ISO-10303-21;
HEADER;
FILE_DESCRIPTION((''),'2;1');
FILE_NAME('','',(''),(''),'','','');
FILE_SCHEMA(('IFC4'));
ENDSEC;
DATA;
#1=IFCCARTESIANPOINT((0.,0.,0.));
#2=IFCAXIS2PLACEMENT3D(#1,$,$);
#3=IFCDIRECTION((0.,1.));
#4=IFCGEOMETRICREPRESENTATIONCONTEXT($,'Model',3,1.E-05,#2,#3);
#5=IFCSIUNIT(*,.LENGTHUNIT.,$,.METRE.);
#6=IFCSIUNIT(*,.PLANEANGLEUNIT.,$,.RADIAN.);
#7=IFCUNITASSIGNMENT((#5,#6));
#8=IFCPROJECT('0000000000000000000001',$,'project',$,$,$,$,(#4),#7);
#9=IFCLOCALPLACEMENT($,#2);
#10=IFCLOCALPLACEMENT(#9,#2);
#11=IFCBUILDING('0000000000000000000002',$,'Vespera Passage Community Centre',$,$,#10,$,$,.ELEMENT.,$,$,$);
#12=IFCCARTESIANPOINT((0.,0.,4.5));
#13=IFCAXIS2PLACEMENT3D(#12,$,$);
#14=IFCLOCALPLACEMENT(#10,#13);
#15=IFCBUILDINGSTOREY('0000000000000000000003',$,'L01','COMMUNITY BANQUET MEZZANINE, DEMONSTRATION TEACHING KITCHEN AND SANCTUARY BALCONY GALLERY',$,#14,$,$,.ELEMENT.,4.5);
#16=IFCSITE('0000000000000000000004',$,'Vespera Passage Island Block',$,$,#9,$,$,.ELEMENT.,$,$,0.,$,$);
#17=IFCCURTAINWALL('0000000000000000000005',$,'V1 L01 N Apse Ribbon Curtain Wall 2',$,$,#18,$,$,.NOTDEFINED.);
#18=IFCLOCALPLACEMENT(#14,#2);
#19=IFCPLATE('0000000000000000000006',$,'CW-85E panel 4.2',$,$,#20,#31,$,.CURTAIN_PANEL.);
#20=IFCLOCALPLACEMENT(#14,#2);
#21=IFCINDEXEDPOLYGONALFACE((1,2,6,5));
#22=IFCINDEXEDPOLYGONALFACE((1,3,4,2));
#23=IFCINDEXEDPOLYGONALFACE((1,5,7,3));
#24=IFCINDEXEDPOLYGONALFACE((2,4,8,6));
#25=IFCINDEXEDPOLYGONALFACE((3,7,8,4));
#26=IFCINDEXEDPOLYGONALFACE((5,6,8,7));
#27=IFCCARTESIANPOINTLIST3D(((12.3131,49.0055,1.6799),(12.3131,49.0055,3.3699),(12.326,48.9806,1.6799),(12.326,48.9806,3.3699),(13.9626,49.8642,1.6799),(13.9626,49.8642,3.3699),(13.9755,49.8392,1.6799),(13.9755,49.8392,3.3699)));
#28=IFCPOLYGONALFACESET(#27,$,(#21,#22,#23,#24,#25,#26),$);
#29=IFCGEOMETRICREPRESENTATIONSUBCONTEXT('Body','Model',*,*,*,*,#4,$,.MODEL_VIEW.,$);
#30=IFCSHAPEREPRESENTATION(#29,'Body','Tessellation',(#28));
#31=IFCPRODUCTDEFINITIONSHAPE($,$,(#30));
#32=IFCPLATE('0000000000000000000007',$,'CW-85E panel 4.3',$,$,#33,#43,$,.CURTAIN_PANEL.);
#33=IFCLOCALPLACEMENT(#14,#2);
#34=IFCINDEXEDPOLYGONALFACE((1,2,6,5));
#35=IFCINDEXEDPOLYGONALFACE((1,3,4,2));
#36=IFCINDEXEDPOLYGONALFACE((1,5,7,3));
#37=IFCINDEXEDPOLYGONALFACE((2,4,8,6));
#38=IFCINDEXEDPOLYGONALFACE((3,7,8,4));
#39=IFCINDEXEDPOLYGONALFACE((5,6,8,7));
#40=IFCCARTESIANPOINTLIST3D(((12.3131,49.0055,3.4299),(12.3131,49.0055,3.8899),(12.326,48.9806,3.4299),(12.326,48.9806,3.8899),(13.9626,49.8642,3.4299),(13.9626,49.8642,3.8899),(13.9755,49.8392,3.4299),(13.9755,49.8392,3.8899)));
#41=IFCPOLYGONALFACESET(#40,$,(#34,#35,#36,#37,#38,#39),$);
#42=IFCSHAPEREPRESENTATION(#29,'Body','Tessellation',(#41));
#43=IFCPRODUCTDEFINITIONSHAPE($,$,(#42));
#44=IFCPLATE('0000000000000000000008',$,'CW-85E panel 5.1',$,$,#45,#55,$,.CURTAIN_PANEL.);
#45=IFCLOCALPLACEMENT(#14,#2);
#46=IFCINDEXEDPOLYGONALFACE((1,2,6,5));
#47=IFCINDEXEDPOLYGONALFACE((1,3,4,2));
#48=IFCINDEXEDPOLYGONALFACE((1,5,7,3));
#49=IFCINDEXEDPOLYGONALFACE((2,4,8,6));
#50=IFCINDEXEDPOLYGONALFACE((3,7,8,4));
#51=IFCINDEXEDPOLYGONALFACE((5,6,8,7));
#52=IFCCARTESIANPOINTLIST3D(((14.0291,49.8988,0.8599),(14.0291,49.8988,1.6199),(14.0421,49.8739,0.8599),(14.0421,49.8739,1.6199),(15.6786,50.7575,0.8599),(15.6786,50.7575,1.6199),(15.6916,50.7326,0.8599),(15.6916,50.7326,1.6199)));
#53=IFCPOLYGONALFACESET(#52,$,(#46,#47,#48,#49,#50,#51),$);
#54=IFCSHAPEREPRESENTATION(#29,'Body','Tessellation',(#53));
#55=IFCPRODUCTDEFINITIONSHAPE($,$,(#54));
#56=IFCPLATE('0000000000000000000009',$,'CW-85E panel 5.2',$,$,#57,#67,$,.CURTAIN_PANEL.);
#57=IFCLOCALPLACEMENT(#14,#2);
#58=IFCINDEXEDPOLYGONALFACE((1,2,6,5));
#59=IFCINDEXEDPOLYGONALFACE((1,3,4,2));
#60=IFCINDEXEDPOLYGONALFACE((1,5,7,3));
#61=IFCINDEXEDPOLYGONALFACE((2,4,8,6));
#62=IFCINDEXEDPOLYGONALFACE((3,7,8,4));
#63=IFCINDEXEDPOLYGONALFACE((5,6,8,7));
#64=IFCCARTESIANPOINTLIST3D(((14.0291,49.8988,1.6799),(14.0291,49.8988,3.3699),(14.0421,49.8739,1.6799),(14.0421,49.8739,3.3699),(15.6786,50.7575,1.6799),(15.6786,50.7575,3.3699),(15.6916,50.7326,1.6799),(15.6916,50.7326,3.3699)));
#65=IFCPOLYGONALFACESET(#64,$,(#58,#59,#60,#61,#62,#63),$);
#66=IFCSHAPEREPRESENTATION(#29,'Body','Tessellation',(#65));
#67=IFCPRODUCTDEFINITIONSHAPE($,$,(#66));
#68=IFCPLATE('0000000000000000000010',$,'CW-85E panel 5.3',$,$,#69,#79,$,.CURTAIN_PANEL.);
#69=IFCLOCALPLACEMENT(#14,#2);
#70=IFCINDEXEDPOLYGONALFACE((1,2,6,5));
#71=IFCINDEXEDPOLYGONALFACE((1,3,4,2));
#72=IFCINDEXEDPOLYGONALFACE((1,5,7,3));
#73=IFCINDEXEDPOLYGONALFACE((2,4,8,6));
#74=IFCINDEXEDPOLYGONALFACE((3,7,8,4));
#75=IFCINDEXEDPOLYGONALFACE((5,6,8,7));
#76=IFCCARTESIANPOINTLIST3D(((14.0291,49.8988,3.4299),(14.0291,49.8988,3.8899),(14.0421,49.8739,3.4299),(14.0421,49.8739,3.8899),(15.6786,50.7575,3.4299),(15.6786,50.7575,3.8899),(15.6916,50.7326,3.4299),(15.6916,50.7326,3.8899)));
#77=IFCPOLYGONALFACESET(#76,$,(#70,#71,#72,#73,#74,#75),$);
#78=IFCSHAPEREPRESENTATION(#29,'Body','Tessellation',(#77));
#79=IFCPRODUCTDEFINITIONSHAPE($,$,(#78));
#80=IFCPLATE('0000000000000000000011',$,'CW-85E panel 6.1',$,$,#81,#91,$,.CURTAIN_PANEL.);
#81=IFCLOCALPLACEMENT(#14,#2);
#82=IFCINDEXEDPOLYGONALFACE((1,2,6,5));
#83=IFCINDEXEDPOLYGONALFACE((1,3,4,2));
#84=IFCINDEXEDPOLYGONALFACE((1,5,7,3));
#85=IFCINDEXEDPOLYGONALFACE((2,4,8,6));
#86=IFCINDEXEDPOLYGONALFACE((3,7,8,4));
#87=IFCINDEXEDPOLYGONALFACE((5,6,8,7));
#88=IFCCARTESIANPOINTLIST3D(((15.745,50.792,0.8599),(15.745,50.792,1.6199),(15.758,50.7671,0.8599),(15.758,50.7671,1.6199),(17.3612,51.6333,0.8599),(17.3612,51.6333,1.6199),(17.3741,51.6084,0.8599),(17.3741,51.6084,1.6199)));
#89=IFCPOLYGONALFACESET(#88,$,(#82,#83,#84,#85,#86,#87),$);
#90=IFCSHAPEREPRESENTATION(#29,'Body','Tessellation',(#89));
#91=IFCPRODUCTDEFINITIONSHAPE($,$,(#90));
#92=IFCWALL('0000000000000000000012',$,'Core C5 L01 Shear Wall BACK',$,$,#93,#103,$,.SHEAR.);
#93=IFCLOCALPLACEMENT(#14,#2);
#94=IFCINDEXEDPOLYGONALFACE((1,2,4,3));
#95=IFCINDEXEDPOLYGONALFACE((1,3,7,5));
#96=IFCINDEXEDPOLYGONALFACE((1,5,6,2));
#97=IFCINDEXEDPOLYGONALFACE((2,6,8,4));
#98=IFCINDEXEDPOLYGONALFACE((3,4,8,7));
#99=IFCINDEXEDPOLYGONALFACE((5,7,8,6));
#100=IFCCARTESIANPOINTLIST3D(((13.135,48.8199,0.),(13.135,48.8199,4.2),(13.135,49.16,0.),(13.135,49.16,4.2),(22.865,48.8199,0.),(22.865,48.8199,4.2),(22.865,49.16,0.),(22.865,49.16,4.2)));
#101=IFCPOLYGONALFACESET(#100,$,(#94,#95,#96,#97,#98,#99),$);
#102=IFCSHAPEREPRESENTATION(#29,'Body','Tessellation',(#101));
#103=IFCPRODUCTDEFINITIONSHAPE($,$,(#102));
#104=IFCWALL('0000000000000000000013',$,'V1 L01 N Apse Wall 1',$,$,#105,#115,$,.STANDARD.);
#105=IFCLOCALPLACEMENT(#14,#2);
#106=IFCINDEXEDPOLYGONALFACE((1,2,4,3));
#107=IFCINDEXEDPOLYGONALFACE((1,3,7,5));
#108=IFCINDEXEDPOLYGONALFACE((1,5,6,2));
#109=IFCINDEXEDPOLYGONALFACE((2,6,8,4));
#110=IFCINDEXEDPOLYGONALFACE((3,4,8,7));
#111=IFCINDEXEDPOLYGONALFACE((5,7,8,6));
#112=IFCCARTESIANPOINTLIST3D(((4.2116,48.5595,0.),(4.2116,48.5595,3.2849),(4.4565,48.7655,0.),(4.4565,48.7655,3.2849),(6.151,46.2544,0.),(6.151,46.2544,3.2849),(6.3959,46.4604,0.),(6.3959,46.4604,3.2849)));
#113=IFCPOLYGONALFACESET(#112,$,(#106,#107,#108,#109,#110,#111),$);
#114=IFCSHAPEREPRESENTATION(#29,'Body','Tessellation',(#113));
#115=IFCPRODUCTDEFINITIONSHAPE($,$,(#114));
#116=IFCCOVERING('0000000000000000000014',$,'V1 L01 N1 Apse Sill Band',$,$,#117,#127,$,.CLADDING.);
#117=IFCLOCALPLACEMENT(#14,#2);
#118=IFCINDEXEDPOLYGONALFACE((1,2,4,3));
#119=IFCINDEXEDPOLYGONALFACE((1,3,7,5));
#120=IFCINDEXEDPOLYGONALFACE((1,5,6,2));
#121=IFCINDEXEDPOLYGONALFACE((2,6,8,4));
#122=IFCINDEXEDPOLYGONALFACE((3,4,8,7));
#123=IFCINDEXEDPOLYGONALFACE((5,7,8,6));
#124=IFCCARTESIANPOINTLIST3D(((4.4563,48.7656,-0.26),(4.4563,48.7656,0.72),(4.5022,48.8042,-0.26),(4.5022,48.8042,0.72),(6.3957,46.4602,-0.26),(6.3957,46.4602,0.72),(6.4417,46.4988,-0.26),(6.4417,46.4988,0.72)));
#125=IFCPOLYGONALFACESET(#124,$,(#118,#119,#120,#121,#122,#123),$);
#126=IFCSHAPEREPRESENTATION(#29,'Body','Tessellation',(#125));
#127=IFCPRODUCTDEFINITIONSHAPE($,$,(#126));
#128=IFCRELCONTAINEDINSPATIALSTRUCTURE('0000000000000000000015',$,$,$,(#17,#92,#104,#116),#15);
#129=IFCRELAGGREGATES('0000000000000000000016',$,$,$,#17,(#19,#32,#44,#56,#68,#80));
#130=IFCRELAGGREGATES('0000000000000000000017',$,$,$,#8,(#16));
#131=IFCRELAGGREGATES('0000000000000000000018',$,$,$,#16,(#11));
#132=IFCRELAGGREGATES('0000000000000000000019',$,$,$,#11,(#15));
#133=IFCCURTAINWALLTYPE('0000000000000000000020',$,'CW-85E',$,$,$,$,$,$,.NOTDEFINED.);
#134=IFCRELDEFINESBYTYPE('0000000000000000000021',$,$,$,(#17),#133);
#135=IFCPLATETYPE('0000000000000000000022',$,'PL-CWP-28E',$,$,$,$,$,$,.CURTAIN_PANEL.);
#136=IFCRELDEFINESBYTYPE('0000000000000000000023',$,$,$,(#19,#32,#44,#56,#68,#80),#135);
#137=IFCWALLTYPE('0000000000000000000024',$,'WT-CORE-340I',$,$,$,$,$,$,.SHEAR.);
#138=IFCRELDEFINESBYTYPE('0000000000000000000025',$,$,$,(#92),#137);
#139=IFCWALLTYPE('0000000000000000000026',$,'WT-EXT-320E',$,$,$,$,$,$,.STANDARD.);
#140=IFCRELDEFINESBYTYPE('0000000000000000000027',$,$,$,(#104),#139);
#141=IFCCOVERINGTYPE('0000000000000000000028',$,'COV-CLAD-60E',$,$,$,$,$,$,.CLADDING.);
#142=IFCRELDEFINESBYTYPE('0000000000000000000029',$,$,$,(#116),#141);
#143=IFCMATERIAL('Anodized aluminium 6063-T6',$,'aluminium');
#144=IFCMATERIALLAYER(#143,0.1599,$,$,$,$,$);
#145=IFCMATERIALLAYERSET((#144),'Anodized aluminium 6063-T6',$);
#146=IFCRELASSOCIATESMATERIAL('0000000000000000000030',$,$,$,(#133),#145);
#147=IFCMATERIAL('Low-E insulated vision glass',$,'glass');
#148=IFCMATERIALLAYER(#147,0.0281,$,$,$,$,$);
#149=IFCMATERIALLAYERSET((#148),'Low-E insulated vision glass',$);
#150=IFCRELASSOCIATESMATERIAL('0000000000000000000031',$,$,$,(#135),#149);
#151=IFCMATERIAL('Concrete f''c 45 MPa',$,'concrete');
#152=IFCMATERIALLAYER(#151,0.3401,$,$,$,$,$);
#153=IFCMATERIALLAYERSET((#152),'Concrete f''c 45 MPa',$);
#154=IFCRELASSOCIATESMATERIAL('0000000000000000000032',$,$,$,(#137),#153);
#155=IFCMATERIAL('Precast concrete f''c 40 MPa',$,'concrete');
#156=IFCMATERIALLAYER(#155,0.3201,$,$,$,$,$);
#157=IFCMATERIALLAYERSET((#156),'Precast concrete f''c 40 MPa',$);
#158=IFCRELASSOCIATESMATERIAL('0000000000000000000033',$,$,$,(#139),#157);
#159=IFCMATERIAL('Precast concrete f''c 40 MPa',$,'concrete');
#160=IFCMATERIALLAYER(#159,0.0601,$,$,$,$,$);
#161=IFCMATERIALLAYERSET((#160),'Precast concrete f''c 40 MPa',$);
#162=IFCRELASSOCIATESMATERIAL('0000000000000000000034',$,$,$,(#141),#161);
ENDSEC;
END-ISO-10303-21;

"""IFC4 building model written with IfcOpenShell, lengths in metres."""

from ifc_helpers import new_model, si_unit, direction, frame, frame_2d, origin, origin_2d, place, context, subcontext, project, spatial, rectangle, extrude, material, layer, layer_set, type_object, element, aggregate, save


model = new_model("IFC4")

# Units and contexts
model_context = context("Model", 3, precision=1e-05, world=origin(), true_north=direction((0.0, 1.0)))
body_context = subcontext(model_context, "Body", "Model", "MODEL_VIEW")
ifc_project = project(units=[si_unit("LENGTHUNIT", "METRE"), si_unit("PLANEANGLEUNIT", "RADIAN")], contexts=[model_context])

# Site, building, storey
site_placement = place(None, origin())
site = spatial("IfcSite", under=ifc_project, at=site_placement, Name="Vespera Passage Island Block", CompositionType="ELEMENT", RefElevation=0.0)
building_placement = place(site_placement, origin())
building = spatial("IfcBuilding", under=site, at=building_placement, Name="Vespera Passage Community Centre", CompositionType="ELEMENT")
storey_placement = place(building_placement, frame((0.0, 0.0, 4.5)))
storey = spatial("IfcBuildingStorey", under=building, at=storey_placement, Name="L01", Description="COMMUNITY BANQUET MEZZANINE, DEMONSTRATION TEACHING KITCHEN AND SANCTUARY BALCONY GALLERY", CompositionType="ELEMENT", Elevation=4.5)

# Curtain wall, plates
ifc_material_1 = material(Name="Anodized aluminium 6063-T6", Category="aluminium")
ifc_layer_1 = layer(ifc_material_1, 0.1599)
ifc_layer_set_1 = layer_set([ifc_layer_1], Name="Anodized aluminium 6063-T6")
curtain_wall_type = type_object("IfcCurtainWallType", Name="CW-85E", PredefinedType="NOTDEFINED", material=ifc_layer_set_1)
curtain_wall_placement = place(storey_placement, origin())
curtain_wall = element("IfcCurtainWall", 1, at=curtain_wall_placement, inside=storey, type_object=curtain_wall_type, Name="V1 L01 N Apse Ribbon Curtain Wall 2", PredefinedType="NOTDEFINED")
ifc_material_2 = material(Name="Low-E insulated vision glass", Category="glass")
ifc_layer_2 = layer(ifc_material_2, 0.0281)
ifc_layer_set_2 = layer_set([ifc_layer_2], Name="Low-E insulated vision glass")
plate_type = type_object("IfcPlateType", Name="PL-CWP-28E", PredefinedType="CURTAIN_PANEL", material=ifc_layer_set_2)
plate_1_placement = place(storey_placement, frame((13.1443, 49.4224, 1.6799), z_axis=(0.0, 0.0, 1.0), x_axis=(0.887013, 0.461745, 0.0)))
plate_1 = element("IfcPlate", 2, at=plate_1_placement, type_object=plate_type, Name="CW-85E panel 4.2", PredefinedType="CURTAIN_PANEL", context=body_context, shape_type="SweptSolid", body=[
    extrude(rectangle(XDim=1.8596, YDim=0.0281, at=origin_2d()), origin(), (0.0, 0.0, 1.0), 1.6899),
])
plate_2_placement = place(storey_placement, frame((13.1443, 49.4224, 3.4299), z_axis=(0.0, 0.0, 1.0), x_axis=(0.887013, 0.461745, 0.0)))
plate_2 = element("IfcPlate", 3, at=plate_2_placement, type_object=plate_type, Name="CW-85E panel 4.3", PredefinedType="CURTAIN_PANEL", context=body_context, shape_type="SweptSolid", body=[
    extrude(rectangle(XDim=1.8596, YDim=0.0281, at=origin_2d()), origin(), (0.0, 0.0, 1.0), 0.46),
])
plate_3_placement = place(storey_placement, frame((14.8604, 50.3157, 0.8599), z_axis=(0.0, 0.0, 1.0), x_axis=(0.887013, 0.461745, 0.0)))
plate_3 = element("IfcPlate", 4, at=plate_3_placement, type_object=plate_type, Name="CW-85E panel 5.1", PredefinedType="CURTAIN_PANEL", context=body_context, shape_type="SweptSolid", body=[
    extrude(rectangle(XDim=1.8596, YDim=0.0281, at=origin_2d()), origin(), (0.0, 0.0, 1.0), 0.76),
])
plate_4_placement = place(storey_placement, frame((14.8604, 50.3157, 1.6799), z_axis=(0.0, 0.0, 1.0), x_axis=(0.887013, 0.461745, 0.0)))
plate_4 = element("IfcPlate", 5, at=plate_4_placement, type_object=plate_type, Name="CW-85E panel 5.2", PredefinedType="CURTAIN_PANEL", context=body_context, shape_type="SweptSolid", body=[
    extrude(rectangle(XDim=1.8596, YDim=0.0281, at=origin_2d()), origin(), (0.0, 0.0, 1.0), 1.6899),
])
plate_5_placement = place(storey_placement, frame((14.8604, 50.3157, 3.4299), z_axis=(0.0, 0.0, 1.0), x_axis=(0.887013, 0.461745, 0.0)))
plate_5 = element("IfcPlate", 6, at=plate_5_placement, type_object=plate_type, Name="CW-85E panel 5.3", PredefinedType="CURTAIN_PANEL", context=body_context, shape_type="SweptSolid", body=[
    extrude(rectangle(XDim=1.8596, YDim=0.0281, at=origin_2d()), origin(), (0.0, 0.0, 1.0), 0.46),
])
plate_6_placement = place(storey_placement, frame((16.5596, 51.2002, 0.8599), z_axis=(0.0, 0.0, 1.0), x_axis=(0.887013, 0.461745, 0.0)))
plate_6 = element("IfcPlate", 7, at=plate_6_placement, type_object=plate_type, Name="CW-85E panel 6.1", PredefinedType="CURTAIN_PANEL", context=body_context, shape_type="SweptSolid", body=[
    extrude(rectangle(XDim=1.822, YDim=0.0281, at=origin_2d()), origin(), (0.0, 0.0, 1.0), 0.76),
])
aggregate(curtain_wall, [plate_1, plate_2, plate_3, plate_4, plate_5, plate_6])

# Walls
ifc_material_3 = material(Name="Concrete f'c 45 MPa", Category="concrete")
ifc_layer_3 = layer(ifc_material_3, 0.3401)
ifc_layer_set_3 = layer_set([ifc_layer_3], Name="Concrete f'c 45 MPa")
wall_type_1 = type_object("IfcWallType", Name="WT-CORE-340I", PredefinedType="SHEAR", material=ifc_layer_set_3)
wall_1_placement = place(storey_placement, frame((13.135, 48.99, 0.0), z_axis=(0.0, 0.0, 1.0), x_axis=(1.0, 0.0, 0.0)))
element("IfcWall", 8, at=wall_1_placement, inside=storey, type_object=wall_type_1, Name="Core C5 L01 Shear Wall BACK", PredefinedType="SHEAR", context=body_context, shape_type="SweptSolid", body=[
    extrude(rectangle(XDim=9.73, YDim=0.3401, at=frame_2d((4.865, 0.0))), origin(), (0.0, 0.0, 1.0), 4.2),
])
ifc_material_4 = material(Name="Precast concrete f'c 40 MPa", Category="concrete")
ifc_layer_4 = layer(ifc_material_4, 0.3201)
ifc_layer_set_4 = layer_set([ifc_layer_4], Name="Precast concrete f'c 40 MPa")
wall_type_2 = type_object("IfcWallType", Name="WT-EXT-320E", PredefinedType="STANDARD", material=ifc_layer_set_4)
wall_2_placement = place(storey_placement, frame((4.334, 48.6626, 0.0), z_axis=(0.0, 0.0, 1.0), x_axis=(0.643796, -0.765197, 0.0)))
element("IfcWall", 9, at=wall_2_placement, inside=storey, type_object=wall_type_2, Name="V1 L01 N Apse Wall 1", PredefinedType="STANDARD", context=body_context, shape_type="SweptSolid", body=[
    extrude(rectangle(XDim=3.0125, YDim=0.3201, at=frame_2d((1.5063, 0.0))), origin(), (0.0, 0.0, 1.0), 3.2849),
])

# Covering
ifc_material_5 = material(Name="Precast concrete f'c 40 MPa", Category="concrete")
ifc_layer_5 = layer(ifc_material_5, 0.0601)
ifc_layer_set_5 = layer_set([ifc_layer_5], Name="Precast concrete f'c 40 MPa")
covering_type = type_object("IfcCoveringType", Name="COV-CLAD-60E", PredefinedType="CLADDING", material=ifc_layer_set_5)
covering_placement = place(storey_placement, frame((4.4792, 48.7849, -0.26), z_axis=(0.0, 0.0, 1.0), x_axis=(0.643756, -0.765231, 0.0)))
element("IfcCovering", 10, at=covering_placement, inside=storey, type_object=covering_type, Name="V1 L01 N1 Apse Sill Band", PredefinedType="CLADDING", context=body_context, shape_type="SweptSolid", body=[
    extrude(rectangle(XDim=3.0127, YDim=0.0601, at=frame_2d((1.5063, 0.0))), origin(), (0.0, 0.0, 1.0), 0.98),
])

save(model, "model.ifc")
